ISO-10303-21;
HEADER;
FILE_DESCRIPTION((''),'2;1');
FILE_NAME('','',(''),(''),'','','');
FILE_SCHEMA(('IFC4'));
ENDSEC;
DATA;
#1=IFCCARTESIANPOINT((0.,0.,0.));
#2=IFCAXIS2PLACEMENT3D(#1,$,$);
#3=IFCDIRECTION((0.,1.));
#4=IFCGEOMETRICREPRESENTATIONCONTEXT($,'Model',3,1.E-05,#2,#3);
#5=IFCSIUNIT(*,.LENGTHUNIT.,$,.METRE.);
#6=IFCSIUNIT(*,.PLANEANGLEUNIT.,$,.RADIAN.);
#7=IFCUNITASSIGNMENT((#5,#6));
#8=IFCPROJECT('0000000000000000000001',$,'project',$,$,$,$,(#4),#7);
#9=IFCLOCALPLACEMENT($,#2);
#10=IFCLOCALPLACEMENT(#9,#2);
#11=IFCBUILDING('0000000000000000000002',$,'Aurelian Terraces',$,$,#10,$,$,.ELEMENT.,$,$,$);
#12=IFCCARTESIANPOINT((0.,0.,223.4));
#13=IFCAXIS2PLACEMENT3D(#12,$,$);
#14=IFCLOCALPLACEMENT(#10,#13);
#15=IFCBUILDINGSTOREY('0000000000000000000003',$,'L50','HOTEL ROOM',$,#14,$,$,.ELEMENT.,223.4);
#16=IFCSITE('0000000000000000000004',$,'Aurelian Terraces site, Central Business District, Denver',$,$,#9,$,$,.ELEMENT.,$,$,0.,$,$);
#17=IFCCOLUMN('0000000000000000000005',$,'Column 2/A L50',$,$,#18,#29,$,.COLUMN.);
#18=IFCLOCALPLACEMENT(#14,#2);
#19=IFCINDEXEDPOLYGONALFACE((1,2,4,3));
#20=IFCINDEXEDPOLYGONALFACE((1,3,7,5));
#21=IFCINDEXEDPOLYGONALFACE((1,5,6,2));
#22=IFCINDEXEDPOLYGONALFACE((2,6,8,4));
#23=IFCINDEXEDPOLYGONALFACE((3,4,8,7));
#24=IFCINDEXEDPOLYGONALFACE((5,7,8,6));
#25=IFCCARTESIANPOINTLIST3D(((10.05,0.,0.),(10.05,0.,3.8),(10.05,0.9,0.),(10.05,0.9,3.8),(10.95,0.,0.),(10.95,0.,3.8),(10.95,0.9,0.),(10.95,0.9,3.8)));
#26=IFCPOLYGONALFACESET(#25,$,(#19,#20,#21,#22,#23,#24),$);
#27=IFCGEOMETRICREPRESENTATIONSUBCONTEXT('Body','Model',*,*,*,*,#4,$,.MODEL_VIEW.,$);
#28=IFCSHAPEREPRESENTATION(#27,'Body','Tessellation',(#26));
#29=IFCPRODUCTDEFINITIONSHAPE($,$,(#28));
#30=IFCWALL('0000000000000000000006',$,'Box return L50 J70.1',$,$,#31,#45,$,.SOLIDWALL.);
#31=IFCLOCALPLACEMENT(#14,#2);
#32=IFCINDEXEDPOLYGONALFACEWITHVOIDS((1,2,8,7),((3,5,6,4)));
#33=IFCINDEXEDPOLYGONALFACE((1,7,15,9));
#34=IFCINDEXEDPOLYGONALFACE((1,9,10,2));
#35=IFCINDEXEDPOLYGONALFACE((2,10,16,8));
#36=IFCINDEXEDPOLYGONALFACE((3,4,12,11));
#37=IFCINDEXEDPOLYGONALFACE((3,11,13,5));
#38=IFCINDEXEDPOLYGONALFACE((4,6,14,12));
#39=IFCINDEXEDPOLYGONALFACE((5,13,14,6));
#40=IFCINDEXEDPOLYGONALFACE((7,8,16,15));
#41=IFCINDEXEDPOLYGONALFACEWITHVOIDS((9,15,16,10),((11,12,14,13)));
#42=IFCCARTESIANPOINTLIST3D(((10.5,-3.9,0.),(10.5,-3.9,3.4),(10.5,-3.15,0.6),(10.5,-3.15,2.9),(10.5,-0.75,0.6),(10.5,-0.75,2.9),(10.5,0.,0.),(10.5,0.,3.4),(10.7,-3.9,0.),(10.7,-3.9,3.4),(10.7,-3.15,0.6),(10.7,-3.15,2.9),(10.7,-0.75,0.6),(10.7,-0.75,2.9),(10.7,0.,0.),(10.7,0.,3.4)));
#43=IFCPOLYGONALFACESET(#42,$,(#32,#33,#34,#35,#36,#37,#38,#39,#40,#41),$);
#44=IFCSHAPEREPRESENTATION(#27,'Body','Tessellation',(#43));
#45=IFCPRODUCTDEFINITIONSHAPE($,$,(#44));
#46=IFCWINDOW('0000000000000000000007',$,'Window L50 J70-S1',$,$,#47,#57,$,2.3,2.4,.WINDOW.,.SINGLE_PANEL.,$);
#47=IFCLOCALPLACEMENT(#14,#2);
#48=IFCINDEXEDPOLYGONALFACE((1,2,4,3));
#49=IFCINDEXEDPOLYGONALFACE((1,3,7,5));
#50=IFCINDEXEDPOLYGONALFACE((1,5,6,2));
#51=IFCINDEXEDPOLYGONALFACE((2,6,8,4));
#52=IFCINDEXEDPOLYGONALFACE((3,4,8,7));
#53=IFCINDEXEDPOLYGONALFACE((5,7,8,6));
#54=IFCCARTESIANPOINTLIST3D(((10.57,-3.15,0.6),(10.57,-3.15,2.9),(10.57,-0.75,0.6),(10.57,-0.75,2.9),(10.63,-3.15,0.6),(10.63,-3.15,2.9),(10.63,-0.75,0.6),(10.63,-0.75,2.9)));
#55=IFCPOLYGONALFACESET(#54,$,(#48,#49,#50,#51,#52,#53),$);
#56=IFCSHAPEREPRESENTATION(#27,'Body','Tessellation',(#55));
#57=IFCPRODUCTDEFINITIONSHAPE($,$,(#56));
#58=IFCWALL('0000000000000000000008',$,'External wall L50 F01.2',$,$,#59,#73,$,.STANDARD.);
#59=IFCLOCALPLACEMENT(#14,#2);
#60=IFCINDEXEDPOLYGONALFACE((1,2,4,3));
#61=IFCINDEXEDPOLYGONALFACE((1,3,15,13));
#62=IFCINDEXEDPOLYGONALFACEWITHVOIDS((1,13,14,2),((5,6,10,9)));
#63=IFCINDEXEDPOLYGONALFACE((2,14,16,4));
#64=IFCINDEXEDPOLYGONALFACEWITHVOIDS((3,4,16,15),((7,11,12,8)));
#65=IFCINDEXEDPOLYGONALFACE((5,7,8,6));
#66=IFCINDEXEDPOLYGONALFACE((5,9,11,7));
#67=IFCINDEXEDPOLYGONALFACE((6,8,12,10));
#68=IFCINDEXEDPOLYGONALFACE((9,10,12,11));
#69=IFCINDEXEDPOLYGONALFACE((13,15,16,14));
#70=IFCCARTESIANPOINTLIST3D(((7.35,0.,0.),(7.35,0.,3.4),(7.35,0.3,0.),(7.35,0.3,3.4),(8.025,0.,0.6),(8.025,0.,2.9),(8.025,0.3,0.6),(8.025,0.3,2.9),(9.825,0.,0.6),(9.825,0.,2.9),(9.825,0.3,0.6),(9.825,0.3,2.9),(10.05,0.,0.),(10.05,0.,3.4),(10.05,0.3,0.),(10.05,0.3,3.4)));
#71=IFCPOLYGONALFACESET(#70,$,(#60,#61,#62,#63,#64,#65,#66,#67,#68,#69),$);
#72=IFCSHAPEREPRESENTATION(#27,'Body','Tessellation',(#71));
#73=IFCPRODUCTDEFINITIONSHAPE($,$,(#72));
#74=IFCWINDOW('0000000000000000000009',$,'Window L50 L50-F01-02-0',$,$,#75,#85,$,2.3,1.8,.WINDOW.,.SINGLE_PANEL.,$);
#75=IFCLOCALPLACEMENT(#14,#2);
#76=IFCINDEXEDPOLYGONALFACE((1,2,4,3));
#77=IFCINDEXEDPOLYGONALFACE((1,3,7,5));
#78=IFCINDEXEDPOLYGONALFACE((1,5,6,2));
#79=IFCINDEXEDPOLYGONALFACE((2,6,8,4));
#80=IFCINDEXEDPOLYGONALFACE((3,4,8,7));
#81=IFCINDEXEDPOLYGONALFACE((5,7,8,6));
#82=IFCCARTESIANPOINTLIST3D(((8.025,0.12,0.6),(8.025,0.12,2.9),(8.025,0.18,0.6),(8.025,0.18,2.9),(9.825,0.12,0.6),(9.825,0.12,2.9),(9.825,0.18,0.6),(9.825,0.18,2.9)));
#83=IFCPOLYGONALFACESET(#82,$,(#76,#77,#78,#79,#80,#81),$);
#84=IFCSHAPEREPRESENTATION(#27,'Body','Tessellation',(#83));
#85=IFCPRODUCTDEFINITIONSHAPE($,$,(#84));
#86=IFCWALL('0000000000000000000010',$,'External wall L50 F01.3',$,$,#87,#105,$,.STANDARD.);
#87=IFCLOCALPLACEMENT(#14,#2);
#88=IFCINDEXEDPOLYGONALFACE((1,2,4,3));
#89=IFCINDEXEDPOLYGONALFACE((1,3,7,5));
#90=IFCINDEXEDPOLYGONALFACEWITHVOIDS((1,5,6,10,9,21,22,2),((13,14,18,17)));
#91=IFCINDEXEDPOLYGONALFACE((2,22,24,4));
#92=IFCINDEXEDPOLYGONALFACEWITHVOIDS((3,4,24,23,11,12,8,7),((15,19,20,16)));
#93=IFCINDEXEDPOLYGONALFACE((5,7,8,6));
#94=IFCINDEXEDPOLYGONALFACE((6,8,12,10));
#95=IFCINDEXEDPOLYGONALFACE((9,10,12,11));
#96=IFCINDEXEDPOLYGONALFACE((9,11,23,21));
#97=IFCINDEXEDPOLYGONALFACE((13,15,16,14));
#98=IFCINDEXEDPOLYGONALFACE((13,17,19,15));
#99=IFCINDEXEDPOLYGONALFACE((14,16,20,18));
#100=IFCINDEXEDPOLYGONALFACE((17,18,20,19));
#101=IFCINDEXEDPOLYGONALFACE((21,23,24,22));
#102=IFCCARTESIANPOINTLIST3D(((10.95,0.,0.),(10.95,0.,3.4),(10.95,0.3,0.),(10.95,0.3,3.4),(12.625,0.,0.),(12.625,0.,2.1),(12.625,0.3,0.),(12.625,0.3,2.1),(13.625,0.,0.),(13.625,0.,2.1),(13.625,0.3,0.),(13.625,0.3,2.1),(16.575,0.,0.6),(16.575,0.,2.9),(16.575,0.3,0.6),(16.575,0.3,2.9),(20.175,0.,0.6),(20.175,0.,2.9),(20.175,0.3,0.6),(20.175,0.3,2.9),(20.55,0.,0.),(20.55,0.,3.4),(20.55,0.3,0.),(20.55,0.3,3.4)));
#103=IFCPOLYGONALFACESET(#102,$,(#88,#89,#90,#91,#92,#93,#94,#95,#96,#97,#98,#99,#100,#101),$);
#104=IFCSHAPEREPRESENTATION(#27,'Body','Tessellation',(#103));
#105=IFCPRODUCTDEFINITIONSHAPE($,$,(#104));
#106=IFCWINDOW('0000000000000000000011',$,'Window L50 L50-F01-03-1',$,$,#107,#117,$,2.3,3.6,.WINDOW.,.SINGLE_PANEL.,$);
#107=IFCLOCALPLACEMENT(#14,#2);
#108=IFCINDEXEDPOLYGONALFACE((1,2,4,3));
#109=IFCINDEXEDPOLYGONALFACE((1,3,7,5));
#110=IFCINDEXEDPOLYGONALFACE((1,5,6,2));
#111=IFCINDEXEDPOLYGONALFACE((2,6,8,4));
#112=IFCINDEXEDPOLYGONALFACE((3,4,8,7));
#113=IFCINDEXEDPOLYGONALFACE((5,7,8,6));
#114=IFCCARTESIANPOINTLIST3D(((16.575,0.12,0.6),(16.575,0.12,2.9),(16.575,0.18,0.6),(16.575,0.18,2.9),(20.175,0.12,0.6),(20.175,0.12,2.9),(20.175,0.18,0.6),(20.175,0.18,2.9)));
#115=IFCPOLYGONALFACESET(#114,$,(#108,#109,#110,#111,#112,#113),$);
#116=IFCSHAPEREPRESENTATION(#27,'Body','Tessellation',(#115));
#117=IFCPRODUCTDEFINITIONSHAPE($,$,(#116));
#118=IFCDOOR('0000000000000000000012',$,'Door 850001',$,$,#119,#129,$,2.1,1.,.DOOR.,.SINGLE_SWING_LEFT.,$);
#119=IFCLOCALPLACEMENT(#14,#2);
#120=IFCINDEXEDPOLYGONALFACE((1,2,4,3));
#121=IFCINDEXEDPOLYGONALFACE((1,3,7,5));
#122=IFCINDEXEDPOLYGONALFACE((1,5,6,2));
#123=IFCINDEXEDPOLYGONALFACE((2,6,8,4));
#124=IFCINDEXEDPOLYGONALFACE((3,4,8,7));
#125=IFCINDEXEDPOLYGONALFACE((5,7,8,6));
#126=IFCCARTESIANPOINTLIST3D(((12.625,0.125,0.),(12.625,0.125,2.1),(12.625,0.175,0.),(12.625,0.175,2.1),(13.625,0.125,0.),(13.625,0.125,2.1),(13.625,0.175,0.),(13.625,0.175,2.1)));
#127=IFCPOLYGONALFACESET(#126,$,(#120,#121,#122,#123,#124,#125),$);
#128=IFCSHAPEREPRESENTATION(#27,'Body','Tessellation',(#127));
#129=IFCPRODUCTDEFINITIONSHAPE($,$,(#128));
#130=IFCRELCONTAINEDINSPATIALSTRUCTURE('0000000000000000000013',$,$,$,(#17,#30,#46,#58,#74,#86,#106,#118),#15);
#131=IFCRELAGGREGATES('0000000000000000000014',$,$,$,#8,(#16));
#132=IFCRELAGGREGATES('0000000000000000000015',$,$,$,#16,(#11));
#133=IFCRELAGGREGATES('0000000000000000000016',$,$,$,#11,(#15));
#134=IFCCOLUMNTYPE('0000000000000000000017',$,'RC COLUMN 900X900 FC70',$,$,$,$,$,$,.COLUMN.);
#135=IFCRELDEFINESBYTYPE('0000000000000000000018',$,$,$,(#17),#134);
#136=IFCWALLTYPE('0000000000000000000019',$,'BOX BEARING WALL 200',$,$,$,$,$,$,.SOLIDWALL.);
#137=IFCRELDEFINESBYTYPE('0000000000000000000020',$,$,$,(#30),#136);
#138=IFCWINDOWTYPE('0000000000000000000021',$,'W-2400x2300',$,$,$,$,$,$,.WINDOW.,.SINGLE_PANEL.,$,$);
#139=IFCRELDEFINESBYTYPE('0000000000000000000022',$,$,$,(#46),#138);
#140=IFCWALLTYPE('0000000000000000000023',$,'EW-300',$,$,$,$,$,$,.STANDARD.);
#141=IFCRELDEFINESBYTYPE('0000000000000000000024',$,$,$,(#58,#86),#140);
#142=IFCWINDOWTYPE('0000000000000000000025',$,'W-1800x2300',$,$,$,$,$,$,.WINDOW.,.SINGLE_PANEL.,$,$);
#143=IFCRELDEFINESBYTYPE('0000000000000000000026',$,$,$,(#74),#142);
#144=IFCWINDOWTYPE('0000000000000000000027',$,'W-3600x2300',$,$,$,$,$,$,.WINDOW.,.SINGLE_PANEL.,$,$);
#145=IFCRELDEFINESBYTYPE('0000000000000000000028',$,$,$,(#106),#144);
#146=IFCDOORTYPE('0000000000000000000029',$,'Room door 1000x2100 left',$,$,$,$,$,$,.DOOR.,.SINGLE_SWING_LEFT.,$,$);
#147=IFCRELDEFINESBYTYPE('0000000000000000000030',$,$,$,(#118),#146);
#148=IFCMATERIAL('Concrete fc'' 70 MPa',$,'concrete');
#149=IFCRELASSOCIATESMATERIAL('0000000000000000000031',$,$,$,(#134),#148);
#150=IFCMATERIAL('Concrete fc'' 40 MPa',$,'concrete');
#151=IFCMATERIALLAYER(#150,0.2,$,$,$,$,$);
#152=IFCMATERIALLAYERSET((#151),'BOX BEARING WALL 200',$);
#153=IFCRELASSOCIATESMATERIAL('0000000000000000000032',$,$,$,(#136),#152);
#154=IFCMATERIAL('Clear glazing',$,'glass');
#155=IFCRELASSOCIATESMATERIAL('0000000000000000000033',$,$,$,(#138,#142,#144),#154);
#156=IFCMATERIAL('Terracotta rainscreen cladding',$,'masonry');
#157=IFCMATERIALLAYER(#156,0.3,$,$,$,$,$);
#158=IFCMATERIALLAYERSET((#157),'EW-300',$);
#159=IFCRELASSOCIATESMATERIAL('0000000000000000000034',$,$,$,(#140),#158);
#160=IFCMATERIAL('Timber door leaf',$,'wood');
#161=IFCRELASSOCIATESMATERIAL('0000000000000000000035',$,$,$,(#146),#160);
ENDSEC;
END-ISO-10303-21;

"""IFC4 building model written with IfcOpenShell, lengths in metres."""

from ifc_helpers import new_model, si_unit, direction, frame, frame_2d, origin, origin_2d, place, context, subcontext, project, spatial, rectangle, extrude, source, transform, mapped, material, layer, layer_set, material_profile, profile_set, type_object, element, fill, save


model = new_model("IFC4")

# Units and contexts
model_context = context("Model", 3, precision=1e-05, world=origin(), true_north=direction((0.0, 1.0)))
body_context = subcontext(model_context, "Body", "Model", "MODEL_VIEW")
ifc_project = project(units=[si_unit("LENGTHUNIT", "METRE"), si_unit("PLANEANGLEUNIT", "RADIAN")], contexts=[model_context])

# Site, building, storey
site_placement = place(None, origin())
site = spatial("IfcSite", under=ifc_project, at=site_placement, Name="Aurelian Terraces site, Central Business District, Denver", CompositionType="ELEMENT", RefElevation=0.0)
building_placement = place(site_placement, origin())
building = spatial("IfcBuilding", under=site, at=building_placement, Name="Aurelian Terraces", CompositionType="ELEMENT")
storey_placement = place(building_placement, frame((0.0, 0.0, 223.4)))
storey = spatial("IfcBuildingStorey", under=building, at=storey_placement, Name="L50", Description="HOTEL ROOM", CompositionType="ELEMENT", Elevation=223.4)

# Column
ifc_material_1 = material(Name="Concrete fc' 70 MPa", Category="concrete")
ifc_material_profile = material_profile(ifc_material_1, rectangle(XDim=0.9, YDim=0.9, at=origin_2d()))
ifc_profile_set = profile_set([ifc_material_profile], Name="Concrete fc' 70 MPa")
column_type = type_object("IfcColumnType", Name="RC COLUMN 900X900 FC70", PredefinedType="COLUMN", material=ifc_profile_set)
shared_shape_1 = source(origin(), body_context, "Body", "SweptSolid", [
    extrude(rectangle(XDim=0.9, YDim=0.9, at=origin_2d()), origin(), (0.0, 0.0, 1.0), 3.8),
])
column_placement = place(storey_placement, frame((10.5, 0.45, 0.0), z_axis=(0.0, 0.0, 1.0), x_axis=(1.0, 0.0, 0.0)))
element("IfcColumn", 1, at=column_placement, inside=storey, type_object=column_type, Name="Column 2/A L50", PredefinedType="COLUMN", context=body_context, shape_type="MappedRepresentation", body=[
    mapped(shared_shape_1, transform((0.0, 0.0, 0.0), scale=1.0)),
])

# Walls, openings, windows
ifc_material_2 = material(Name="Concrete fc' 40 MPa", Category="concrete")
ifc_layer_1 = layer(ifc_material_2, 0.2)
ifc_layer_set_1 = layer_set([ifc_layer_1], Name="BOX BEARING WALL 200")
wall_type_1 = type_object("IfcWallType", Name="BOX BEARING WALL 200", PredefinedType="SOLIDWALL", material=ifc_layer_set_1)
shared_shape_2 = source(origin(), body_context, "Body", "SweptSolid", [
    extrude(rectangle(XDim=3.9, YDim=0.2, at=frame_2d((1.95, 0.0))), origin(), (0.0, 0.0, 1.0), 3.4),
])
wall_1_placement = place(storey_placement, frame((10.6, 0.0, 0.0), z_axis=(0.0, 0.0, 1.0), x_axis=(0.0, -1.0, 0.0)))
wall_1 = element("IfcWall", 2, at=wall_1_placement, inside=storey, type_object=wall_type_1, Name="Box return L50 J70.1", PredefinedType="SOLIDWALL", context=body_context, shape_type="MappedRepresentation", body=[
    mapped(shared_shape_2, transform((0.0, 0.0, 0.0), scale=1.0)),
])
shared_shape_3 = source(origin(), body_context, "Body", "SweptSolid", [
    extrude(rectangle(XDim=2.4, YDim=2.3, at=frame_2d((1.2, 1.15))), frame((0.0, 0.11, 0.0), z_axis=(0.0, -1.0, 0.0), x_axis=(1.0, 0.0, 0.0)), (0.0, 0.0, 1.0), 0.22),
])
opening_1_placement = place(wall_1_placement, frame((0.75, 0.0, 0.6)))
opening_1 = element("IfcOpeningElement", 3, at=opening_1_placement, cuts=wall_1, PredefinedType="OPENING", context=body_context, shape_type="MappedRepresentation", body=[
    mapped(shared_shape_3, transform((0.0, 0.0, 0.0), scale=1.0)),
])
ifc_material_3 = material(Name="Clear glazing", Category="glass")
window_type_1 = type_object("IfcWindowType", Name="W-2400x2300", PartitioningType="SINGLE_PANEL", PredefinedType="WINDOW", material=ifc_material_3)
shared_shape_4 = source(origin(), body_context, "Body", "SweptSolid", [
    extrude(rectangle(XDim=2.4, YDim=2.3, at=frame_2d((1.2, 1.15))), frame((0.0, 0.03, 0.0), z_axis=(0.0, -1.0, 0.0), x_axis=(1.0, 0.0, 0.0)), (0.0, 0.0, 1.0), 0.06),
])
window_1_placement = place(opening_1_placement, origin())
window_1 = element("IfcWindow", 4, at=window_1_placement, inside=storey, type_object=window_type_1, Name="Window L50 J70-S1", OverallHeight=2.3, OverallWidth=2.4, PartitioningType="SINGLE_PANEL", PredefinedType="WINDOW", context=body_context, shape_type="MappedRepresentation", body=[
    mapped(shared_shape_4, transform((0.0, 0.0, 0.0), scale=1.0)),
])
fill(opening_1, window_1)
ifc_material_4 = material(Name="Terracotta rainscreen cladding", Category="masonry")
ifc_layer_2 = layer(ifc_material_4, 0.3)
ifc_layer_set_2 = layer_set([ifc_layer_2], Name="EW-300")
wall_type_2 = type_object("IfcWallType", Name="EW-300", PredefinedType="STANDARD", material=ifc_layer_set_2)
shared_shape_5 = source(origin(), body_context, "Body", "SweptSolid", [
    extrude(rectangle(XDim=2.7, YDim=0.3, at=frame_2d((1.35, 0.0))), origin(), (0.0, 0.0, 1.0), 3.4),
])
wall_2_placement = place(storey_placement, frame((7.35, 0.15, 0.0), z_axis=(0.0, 0.0, 1.0), x_axis=(1.0, 0.0, 0.0)))
wall_2 = element("IfcWall", 5, at=wall_2_placement, inside=storey, type_object=wall_type_2, Name="External wall L50 F01.2", PredefinedType="STANDARD", context=body_context, shape_type="MappedRepresentation", body=[
    mapped(shared_shape_5, transform((0.0, 0.0, 0.0), scale=1.0)),
])
shared_shape_6 = source(origin(), body_context, "Body", "SweptSolid", [
    extrude(rectangle(XDim=1.8, YDim=2.3, at=frame_2d((0.9, 1.15))), frame((0.0, 0.16, 0.0), z_axis=(0.0, -1.0, 0.0), x_axis=(1.0, 0.0, 0.0)), (0.0, 0.0, 1.0), 0.32),
])
opening_2_placement = place(wall_2_placement, frame((0.675, 0.0, 0.6)))
opening_2 = element("IfcOpeningElement", 6, at=opening_2_placement, cuts=wall_2, PredefinedType="OPENING", context=body_context, shape_type="MappedRepresentation", body=[
    mapped(shared_shape_6, transform((0.0, 0.0, 0.0), scale=1.0)),
])
window_type_2 = type_object("IfcWindowType", Name="W-1800x2300", PartitioningType="SINGLE_PANEL", PredefinedType="WINDOW", material=ifc_material_3)
shared_shape_7 = source(origin(), body_context, "Body", "SweptSolid", [
    extrude(rectangle(XDim=1.8, YDim=2.3, at=frame_2d((0.9, 1.15))), frame((0.0, 0.03, 0.0), z_axis=(0.0, -1.0, 0.0), x_axis=(1.0, 0.0, 0.0)), (0.0, 0.0, 1.0), 0.06),
])
window_2_placement = place(opening_2_placement, origin())
window_2 = element("IfcWindow", 7, at=window_2_placement, inside=storey, type_object=window_type_2, Name="Window L50 L50-F01-02-0", OverallHeight=2.3, OverallWidth=1.8, PartitioningType="SINGLE_PANEL", PredefinedType="WINDOW", context=body_context, shape_type="MappedRepresentation", body=[
    mapped(shared_shape_7, transform((0.0, 0.0, 0.0), scale=1.0)),
])
fill(opening_2, window_2)

# Wall, openings, window, door
shared_shape_8 = source(origin(), body_context, "Body", "SweptSolid", [
    extrude(rectangle(XDim=9.6, YDim=0.3, at=frame_2d((4.8, 0.0))), origin(), (0.0, 0.0, 1.0), 3.4),
])
wall_3_placement = place(storey_placement, frame((10.95, 0.15, 0.0), z_axis=(0.0, 0.0, 1.0), x_axis=(1.0, 0.0, 0.0)))
wall_3 = element("IfcWall", 8, at=wall_3_placement, inside=storey, type_object=wall_type_2, Name="External wall L50 F01.3", PredefinedType="STANDARD", context=body_context, shape_type="MappedRepresentation", body=[
    mapped(shared_shape_8, transform((0.0, 0.0, 0.0), scale=1.0)),
])
shared_shape_9 = source(origin(), body_context, "Body", "SweptSolid", [
    extrude(rectangle(XDim=3.6, YDim=2.3, at=frame_2d((1.8, 1.15))), frame((0.0, 0.16, 0.0), z_axis=(0.0, -1.0, 0.0), x_axis=(1.0, 0.0, 0.0)), (0.0, 0.0, 1.0), 0.32),
])
opening_3_placement = place(wall_3_placement, frame((5.625, 0.0, 0.6)))
opening_3 = element("IfcOpeningElement", 9, at=opening_3_placement, cuts=wall_3, PredefinedType="OPENING", context=body_context, shape_type="MappedRepresentation", body=[
    mapped(shared_shape_9, transform((0.0, 0.0, 0.0), scale=1.0)),
])
shared_shape_10 = source(origin(), body_context, "Body", "SweptSolid", [
    extrude(rectangle(XDim=1.0, YDim=2.1, at=frame_2d((0.5, 1.05))), frame((0.0, 0.16, 0.0), z_axis=(0.0, -1.0, 0.0), x_axis=(1.0, 0.0, 0.0)), (0.0, 0.0, 1.0), 0.32),
])
opening_4_placement = place(wall_3_placement, frame((1.675, 0.0, 0.0)))
opening_4 = element("IfcOpeningElement", 10, at=opening_4_placement, cuts=wall_3, PredefinedType="OPENING", context=body_context, shape_type="MappedRepresentation", body=[
    mapped(shared_shape_10, transform((0.0, 0.0, 0.0), scale=1.0)),
])
window_type_3 = type_object("IfcWindowType", Name="W-3600x2300", PartitioningType="SINGLE_PANEL", PredefinedType="WINDOW", material=ifc_material_3)
shared_shape_11 = source(origin(), body_context, "Body", "SweptSolid", [
    extrude(rectangle(XDim=3.6, YDim=2.3, at=frame_2d((1.8, 1.15))), frame((0.0, 0.03, 0.0), z_axis=(0.0, -1.0, 0.0), x_axis=(1.0, 0.0, 0.0)), (0.0, 0.0, 1.0), 0.06),
])
window_3_placement = place(opening_3_placement, origin())
window_3 = element("IfcWindow", 11, at=window_3_placement, inside=storey, type_object=window_type_3, Name="Window L50 L50-F01-03-1", OverallHeight=2.3, OverallWidth=3.6, PartitioningType="SINGLE_PANEL", PredefinedType="WINDOW", context=body_context, shape_type="MappedRepresentation", body=[
    mapped(shared_shape_11, transform((0.0, 0.0, 0.0), scale=1.0)),
])
fill(opening_3, window_3)
ifc_material_5 = material(Name="Timber door leaf", Category="wood")
door_type_1 = type_object("IfcDoorType", Name="Room door 1000x2100 left", OperationType="SINGLE_SWING_LEFT", PredefinedType="DOOR", material=ifc_material_5)
shared_shape_12 = source(origin(), body_context, "Body", "SweptSolid", [
    extrude(rectangle(XDim=1.0, YDim=2.1, at=frame_2d((0.5, 1.05))), frame((0.0, 0.025, 0.0), z_axis=(0.0, -1.0, 0.0), x_axis=(1.0, 0.0, 0.0)), (0.0, 0.0, 1.0), 0.05),
])
door_1_placement = place(opening_4_placement, origin())
door_1 = element("IfcDoor", 12, at=door_1_placement, inside=storey, type_object=door_type_1, Name="Door 850001", OperationType="SINGLE_SWING_LEFT", OverallHeight=2.1, OverallWidth=1.0, PredefinedType="DOOR", context=body_context, shape_type="MappedRepresentation", body=[
    mapped(shared_shape_12, transform((0.0, 0.0, 0.0), scale=1.0)),
])
fill(opening_4, door_1)

save(model, "model.ifc")
